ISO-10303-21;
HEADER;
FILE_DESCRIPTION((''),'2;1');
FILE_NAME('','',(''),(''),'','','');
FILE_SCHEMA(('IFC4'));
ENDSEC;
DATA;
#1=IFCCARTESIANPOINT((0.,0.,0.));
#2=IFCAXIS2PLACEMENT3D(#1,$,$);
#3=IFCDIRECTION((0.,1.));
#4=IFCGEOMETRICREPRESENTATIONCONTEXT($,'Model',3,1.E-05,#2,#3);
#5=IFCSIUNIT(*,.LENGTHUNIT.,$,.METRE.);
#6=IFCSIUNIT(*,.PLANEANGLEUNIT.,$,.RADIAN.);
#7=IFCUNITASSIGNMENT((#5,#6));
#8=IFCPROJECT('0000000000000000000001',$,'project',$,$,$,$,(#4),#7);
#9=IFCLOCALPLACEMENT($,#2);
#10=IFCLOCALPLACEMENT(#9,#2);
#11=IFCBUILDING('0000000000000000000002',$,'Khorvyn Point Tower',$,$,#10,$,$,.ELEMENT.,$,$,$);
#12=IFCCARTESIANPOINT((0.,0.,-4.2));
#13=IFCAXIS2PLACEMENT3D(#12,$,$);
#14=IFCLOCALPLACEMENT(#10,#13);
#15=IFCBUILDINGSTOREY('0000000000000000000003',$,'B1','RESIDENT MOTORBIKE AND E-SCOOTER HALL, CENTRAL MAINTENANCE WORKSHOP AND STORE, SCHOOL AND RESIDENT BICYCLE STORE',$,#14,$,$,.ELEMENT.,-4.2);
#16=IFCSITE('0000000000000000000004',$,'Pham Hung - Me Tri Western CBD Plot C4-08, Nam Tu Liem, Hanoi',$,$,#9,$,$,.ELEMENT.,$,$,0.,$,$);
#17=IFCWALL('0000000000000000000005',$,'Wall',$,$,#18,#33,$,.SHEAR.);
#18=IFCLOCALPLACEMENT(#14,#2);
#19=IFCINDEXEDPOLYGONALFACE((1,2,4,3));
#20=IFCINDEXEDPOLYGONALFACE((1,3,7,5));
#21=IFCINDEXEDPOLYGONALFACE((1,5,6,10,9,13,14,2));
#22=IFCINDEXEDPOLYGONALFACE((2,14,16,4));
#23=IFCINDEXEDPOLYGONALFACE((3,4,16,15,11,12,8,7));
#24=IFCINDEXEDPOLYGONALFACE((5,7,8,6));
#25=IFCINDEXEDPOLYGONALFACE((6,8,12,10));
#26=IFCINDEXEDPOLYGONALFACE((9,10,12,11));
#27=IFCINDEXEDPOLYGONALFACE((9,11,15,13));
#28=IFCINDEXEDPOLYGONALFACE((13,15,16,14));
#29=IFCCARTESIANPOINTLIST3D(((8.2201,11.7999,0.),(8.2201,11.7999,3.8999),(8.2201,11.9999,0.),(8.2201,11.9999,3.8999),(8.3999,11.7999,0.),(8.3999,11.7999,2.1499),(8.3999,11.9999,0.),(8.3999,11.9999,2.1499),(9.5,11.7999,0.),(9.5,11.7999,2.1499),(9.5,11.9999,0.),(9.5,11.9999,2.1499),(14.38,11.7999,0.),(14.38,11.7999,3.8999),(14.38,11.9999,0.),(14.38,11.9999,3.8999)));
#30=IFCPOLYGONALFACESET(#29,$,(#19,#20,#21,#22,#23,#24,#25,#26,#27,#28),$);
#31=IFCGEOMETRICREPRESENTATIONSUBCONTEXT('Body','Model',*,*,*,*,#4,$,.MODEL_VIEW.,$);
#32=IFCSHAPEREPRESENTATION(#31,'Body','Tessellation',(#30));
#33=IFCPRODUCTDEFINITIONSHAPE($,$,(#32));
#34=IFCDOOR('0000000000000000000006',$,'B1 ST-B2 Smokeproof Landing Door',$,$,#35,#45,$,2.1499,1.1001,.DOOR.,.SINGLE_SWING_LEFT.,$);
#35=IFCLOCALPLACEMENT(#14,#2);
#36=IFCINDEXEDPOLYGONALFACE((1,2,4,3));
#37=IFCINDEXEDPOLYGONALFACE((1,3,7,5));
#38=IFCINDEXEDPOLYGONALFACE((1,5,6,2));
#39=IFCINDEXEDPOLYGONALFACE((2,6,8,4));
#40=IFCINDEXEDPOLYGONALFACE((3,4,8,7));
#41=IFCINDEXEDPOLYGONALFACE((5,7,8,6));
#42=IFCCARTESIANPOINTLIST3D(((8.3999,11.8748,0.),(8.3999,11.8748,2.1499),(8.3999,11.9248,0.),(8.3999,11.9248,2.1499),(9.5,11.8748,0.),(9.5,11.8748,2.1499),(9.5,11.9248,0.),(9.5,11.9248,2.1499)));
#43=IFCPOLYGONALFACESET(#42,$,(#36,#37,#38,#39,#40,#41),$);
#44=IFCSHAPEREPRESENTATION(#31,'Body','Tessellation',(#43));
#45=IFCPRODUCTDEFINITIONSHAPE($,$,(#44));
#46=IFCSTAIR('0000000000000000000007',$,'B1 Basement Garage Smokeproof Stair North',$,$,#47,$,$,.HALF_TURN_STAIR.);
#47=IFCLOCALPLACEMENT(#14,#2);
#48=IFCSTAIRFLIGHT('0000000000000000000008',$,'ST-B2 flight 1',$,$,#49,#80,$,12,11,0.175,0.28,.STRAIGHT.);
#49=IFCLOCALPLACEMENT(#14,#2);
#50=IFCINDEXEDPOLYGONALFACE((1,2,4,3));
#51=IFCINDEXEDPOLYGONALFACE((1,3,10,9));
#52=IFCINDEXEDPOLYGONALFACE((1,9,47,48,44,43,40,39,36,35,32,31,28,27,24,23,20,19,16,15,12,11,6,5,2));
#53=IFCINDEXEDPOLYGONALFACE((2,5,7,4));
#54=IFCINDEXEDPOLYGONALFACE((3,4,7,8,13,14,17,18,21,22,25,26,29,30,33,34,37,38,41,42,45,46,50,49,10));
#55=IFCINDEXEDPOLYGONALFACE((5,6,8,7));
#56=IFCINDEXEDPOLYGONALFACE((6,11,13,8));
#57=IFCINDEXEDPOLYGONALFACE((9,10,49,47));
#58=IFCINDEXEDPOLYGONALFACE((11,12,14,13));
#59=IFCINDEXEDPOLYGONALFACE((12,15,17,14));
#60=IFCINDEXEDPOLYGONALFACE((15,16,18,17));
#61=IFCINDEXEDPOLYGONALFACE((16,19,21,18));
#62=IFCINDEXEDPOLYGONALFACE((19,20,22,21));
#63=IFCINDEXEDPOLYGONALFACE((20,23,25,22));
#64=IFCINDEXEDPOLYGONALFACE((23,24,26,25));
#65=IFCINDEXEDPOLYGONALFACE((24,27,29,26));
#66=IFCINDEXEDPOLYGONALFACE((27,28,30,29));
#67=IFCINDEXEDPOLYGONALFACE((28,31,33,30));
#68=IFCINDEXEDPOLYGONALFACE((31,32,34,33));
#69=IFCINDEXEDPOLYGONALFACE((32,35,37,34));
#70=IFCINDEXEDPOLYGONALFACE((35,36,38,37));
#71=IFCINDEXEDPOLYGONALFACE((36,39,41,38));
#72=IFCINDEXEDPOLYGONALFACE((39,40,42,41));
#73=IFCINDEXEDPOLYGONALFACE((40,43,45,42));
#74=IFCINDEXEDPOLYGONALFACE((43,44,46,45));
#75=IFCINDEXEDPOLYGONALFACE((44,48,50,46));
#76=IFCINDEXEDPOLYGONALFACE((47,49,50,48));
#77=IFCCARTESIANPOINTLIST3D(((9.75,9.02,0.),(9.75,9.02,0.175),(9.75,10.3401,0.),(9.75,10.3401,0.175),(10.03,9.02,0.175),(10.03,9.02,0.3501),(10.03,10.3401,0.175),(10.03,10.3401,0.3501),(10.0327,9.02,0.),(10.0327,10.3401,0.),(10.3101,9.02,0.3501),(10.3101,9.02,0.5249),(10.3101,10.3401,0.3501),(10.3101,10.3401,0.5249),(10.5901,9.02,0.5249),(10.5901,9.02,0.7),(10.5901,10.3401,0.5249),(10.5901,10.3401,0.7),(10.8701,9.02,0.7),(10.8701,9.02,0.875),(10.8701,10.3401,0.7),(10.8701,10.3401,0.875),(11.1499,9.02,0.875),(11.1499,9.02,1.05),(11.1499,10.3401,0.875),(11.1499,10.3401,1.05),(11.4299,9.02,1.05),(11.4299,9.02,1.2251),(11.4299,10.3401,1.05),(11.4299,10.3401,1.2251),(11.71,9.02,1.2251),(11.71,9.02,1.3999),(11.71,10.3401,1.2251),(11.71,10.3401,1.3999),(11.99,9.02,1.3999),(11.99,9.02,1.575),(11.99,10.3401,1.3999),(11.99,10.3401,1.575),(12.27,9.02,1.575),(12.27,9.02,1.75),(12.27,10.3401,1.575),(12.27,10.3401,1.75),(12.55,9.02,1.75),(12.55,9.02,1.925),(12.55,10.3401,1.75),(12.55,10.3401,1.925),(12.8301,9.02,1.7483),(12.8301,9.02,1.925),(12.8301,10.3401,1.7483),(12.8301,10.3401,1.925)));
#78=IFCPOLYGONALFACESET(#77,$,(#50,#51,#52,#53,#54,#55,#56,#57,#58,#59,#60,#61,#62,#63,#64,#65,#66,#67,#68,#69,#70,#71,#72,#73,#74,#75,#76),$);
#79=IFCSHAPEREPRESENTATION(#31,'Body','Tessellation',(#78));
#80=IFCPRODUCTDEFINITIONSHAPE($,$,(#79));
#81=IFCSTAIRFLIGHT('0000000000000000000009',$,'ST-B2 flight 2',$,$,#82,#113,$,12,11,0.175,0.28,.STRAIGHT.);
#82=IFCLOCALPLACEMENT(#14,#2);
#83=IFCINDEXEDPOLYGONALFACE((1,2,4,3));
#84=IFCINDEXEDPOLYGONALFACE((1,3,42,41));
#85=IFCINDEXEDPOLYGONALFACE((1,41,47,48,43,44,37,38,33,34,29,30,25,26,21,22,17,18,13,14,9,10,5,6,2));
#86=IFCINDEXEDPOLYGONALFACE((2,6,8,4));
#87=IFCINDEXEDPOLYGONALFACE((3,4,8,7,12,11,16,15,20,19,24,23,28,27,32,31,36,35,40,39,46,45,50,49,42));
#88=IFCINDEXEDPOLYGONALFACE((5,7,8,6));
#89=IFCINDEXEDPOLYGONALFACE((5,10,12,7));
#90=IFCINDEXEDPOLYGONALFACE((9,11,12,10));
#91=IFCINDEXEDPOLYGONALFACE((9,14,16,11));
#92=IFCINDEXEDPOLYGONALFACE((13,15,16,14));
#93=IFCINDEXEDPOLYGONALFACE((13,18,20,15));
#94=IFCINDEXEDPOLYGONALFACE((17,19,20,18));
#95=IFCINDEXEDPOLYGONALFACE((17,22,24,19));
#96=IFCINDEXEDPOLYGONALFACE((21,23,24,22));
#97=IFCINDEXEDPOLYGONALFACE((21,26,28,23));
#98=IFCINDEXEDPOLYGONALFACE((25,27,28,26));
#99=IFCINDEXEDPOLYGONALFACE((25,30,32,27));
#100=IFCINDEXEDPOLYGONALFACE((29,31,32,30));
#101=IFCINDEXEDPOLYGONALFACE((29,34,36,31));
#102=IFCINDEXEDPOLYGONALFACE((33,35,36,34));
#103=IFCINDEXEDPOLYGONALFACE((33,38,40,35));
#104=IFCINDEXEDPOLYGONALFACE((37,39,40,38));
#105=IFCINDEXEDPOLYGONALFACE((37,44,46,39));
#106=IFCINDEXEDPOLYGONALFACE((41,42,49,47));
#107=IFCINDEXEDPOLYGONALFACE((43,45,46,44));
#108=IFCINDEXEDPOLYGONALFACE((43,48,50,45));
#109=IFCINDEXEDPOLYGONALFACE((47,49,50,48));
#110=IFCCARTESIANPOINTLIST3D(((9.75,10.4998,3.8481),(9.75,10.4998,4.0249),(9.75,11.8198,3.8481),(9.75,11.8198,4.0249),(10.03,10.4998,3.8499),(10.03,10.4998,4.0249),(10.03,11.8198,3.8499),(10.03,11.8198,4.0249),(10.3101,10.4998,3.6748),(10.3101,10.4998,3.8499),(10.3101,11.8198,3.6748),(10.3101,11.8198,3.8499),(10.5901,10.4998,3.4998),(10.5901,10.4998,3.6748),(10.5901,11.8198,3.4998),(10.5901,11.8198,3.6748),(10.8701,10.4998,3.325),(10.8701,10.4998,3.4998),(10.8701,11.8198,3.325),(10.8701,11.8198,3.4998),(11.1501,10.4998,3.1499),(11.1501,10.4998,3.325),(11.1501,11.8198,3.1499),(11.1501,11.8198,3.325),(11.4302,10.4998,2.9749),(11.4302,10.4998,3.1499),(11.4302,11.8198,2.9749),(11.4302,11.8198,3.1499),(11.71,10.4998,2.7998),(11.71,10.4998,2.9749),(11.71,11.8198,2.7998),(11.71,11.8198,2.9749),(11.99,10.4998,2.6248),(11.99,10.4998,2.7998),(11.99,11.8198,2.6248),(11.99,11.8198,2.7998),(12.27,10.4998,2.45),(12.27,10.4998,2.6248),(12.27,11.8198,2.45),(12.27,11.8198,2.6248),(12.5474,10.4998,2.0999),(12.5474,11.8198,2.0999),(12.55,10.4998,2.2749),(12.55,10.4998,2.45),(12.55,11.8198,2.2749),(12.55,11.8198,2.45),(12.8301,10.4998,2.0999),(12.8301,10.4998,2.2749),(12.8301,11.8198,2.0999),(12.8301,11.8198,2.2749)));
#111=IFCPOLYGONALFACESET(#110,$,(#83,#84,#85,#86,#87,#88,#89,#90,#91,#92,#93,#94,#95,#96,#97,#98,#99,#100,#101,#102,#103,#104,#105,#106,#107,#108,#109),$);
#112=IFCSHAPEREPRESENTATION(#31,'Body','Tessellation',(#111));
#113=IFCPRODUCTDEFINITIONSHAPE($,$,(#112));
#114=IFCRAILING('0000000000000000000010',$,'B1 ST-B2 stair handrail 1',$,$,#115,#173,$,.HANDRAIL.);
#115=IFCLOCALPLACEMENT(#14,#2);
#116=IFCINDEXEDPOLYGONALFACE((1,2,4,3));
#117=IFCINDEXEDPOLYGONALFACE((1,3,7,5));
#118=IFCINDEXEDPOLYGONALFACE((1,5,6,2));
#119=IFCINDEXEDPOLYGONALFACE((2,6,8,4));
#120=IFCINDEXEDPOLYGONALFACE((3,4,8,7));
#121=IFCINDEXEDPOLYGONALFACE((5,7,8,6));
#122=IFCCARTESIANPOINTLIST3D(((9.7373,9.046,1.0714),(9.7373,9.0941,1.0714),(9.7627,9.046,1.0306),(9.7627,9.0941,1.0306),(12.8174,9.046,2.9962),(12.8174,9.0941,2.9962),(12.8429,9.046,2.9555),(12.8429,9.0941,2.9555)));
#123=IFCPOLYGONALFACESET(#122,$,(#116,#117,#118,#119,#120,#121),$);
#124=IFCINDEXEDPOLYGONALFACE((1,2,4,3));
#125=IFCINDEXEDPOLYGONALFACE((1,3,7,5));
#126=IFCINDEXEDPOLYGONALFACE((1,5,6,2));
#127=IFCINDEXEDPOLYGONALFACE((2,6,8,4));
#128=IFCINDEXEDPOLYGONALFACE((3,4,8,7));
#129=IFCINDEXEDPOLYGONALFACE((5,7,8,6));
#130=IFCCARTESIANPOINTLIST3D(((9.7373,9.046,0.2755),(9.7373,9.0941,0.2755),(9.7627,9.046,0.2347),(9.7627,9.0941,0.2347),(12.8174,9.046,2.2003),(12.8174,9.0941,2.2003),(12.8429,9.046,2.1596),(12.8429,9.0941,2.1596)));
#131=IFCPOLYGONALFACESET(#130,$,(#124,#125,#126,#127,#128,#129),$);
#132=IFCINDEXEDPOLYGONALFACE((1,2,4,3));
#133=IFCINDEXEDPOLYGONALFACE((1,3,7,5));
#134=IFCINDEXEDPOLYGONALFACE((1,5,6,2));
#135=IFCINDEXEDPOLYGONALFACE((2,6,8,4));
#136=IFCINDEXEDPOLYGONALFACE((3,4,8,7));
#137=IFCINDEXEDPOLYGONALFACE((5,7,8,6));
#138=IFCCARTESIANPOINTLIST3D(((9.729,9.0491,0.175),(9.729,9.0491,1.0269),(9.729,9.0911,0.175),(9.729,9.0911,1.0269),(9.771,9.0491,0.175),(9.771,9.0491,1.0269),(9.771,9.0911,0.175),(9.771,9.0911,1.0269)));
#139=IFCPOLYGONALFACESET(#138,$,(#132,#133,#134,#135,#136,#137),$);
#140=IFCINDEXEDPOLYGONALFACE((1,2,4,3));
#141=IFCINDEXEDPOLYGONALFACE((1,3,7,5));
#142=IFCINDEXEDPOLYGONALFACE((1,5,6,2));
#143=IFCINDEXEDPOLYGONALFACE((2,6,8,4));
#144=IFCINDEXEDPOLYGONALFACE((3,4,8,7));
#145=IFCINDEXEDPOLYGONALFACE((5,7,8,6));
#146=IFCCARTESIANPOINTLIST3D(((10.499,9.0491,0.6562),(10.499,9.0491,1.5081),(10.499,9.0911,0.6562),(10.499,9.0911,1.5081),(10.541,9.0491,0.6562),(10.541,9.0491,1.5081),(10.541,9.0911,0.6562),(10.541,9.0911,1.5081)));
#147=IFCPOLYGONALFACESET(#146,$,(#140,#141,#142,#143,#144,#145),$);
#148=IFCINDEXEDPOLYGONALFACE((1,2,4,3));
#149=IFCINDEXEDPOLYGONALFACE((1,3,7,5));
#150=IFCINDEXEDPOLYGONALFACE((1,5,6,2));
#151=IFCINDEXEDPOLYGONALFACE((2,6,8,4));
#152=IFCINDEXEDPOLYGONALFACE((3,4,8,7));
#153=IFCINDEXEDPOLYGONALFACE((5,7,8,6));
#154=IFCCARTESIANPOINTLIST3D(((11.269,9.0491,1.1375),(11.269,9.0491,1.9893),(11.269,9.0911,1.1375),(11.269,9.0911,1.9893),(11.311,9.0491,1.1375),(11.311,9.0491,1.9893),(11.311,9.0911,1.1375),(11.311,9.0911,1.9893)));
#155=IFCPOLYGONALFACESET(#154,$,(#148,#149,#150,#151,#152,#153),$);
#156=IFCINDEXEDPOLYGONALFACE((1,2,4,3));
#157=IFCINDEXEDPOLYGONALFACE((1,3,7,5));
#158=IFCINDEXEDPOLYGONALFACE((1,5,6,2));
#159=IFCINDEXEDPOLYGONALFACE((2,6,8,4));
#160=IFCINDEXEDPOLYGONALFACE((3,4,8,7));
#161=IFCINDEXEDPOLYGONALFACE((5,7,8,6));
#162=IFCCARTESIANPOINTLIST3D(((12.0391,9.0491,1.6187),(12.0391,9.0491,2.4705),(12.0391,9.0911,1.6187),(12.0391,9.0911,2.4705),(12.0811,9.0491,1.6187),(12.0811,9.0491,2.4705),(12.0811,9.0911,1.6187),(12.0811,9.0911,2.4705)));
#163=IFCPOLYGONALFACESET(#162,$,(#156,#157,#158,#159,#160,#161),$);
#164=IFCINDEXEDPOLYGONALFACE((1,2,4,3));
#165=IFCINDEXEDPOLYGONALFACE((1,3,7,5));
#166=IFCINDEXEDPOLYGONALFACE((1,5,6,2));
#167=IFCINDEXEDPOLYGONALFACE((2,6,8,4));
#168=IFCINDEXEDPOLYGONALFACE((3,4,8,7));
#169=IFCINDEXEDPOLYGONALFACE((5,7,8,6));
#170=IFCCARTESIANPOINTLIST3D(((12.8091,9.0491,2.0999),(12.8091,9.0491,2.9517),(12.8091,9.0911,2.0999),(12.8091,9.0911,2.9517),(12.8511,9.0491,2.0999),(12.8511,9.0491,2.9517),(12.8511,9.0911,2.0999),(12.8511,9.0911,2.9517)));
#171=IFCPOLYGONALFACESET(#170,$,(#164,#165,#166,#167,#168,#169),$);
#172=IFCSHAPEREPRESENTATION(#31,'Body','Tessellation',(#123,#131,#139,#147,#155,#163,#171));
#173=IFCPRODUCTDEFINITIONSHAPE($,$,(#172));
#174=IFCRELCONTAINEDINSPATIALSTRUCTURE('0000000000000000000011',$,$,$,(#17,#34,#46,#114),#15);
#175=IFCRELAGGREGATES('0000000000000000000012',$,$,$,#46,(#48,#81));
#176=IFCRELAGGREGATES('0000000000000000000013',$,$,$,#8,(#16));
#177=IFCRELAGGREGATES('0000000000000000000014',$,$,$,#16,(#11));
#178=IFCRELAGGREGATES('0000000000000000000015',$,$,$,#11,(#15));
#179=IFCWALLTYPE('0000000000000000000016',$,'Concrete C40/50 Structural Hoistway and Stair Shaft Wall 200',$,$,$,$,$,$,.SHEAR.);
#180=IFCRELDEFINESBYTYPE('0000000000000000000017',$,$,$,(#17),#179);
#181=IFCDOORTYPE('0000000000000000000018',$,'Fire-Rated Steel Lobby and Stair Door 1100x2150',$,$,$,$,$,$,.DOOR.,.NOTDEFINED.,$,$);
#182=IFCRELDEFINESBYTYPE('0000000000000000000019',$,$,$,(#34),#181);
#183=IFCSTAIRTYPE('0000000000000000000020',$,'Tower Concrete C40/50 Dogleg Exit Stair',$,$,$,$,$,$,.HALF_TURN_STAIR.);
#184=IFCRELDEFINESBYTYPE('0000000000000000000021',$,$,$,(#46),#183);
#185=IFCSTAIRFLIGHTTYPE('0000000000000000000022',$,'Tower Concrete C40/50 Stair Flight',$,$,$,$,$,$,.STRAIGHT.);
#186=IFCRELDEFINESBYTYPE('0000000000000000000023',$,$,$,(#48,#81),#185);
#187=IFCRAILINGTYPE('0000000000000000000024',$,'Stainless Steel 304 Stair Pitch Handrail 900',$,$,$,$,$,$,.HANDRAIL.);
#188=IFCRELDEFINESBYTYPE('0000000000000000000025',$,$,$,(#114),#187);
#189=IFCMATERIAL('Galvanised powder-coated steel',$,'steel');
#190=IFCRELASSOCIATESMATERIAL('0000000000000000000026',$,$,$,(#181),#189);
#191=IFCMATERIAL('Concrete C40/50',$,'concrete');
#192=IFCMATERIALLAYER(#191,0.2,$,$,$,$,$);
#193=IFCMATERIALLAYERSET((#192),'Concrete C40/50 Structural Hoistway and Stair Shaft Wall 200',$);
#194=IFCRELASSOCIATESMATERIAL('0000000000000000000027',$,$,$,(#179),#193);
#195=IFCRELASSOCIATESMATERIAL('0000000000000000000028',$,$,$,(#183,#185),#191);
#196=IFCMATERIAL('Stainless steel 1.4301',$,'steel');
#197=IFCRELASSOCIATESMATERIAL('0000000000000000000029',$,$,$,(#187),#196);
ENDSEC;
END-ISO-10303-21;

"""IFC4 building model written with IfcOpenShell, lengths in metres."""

from ifc_helpers import new_model, si_unit, direction, frame, frame_2d, origin, origin_2d, place, context, subcontext, project, spatial, polyline, rectangle, outline, extrude, material, layer, layer_set, type_object, element, fill, aggregate, save


model = new_model("IFC4")

# Units and contexts
model_context = context("Model", 3, precision=1e-05, world=origin(), true_north=direction((0.0, 1.0)))
body_context = subcontext(model_context, "Body", "Model", "MODEL_VIEW")
ifc_project = project(units=[si_unit("LENGTHUNIT", "METRE"), si_unit("PLANEANGLEUNIT", "RADIAN")], contexts=[model_context])

# Site, building, storey
site_placement = place(None, origin())
site = spatial("IfcSite", under=ifc_project, at=site_placement, Name="Pham Hung - Me Tri Western CBD Plot C4-08, Nam Tu Liem, Hanoi", CompositionType="ELEMENT", RefElevation=0.0)
building_placement = place(site_placement, origin())
building = spatial("IfcBuilding", under=site, at=building_placement, Name="Khorvyn Point Tower", CompositionType="ELEMENT")
storey_placement = place(building_placement, frame((0.0, 0.0, -4.2)))
storey = spatial("IfcBuildingStorey", under=building, at=storey_placement, Name="B1", Description="RESIDENT MOTORBIKE AND E-SCOOTER HALL, CENTRAL MAINTENANCE WORKSHOP AND STORE, SCHOOL AND RESIDENT BICYCLE STORE", CompositionType="ELEMENT", Elevation=-4.2)

# Wall, opening, door
ifc_material_1 = material(Name="Concrete C40/50", Category="concrete")
ifc_material_2 = material(Name="Galvanised powder-coated steel", Category="steel")
door_type = type_object("IfcDoorType", Name="Fire-Rated Steel Lobby and Stair Door 1100x2150", OperationType="NOTDEFINED", PredefinedType="DOOR", material=ifc_material_2)
ifc_layer_1 = layer(ifc_material_1, 0.2)
ifc_layer_set_1 = layer_set([ifc_layer_1], Name="Concrete C40/50 Structural Hoistway and Stair Shaft Wall 200")
wall_type_1 = type_object("IfcWallType", Name="Concrete C40/50 Structural Hoistway and Stair Shaft Wall 200", PredefinedType="SHEAR", material=ifc_layer_set_1)
wall_1_placement = place(storey_placement, frame((8.22, 11.8999, 0.0), z_axis=(0.0, 0.0, 1.0), x_axis=(1.0, 0.0, 0.0)))
wall_1 = element("IfcWall", 1, at=wall_1_placement, inside=storey, type_object=wall_type_1, Name="Wall", PredefinedType="SHEAR", context=body_context, shape_type="SweptSolid", body=[
    extrude(rectangle(XDim=6.1599, YDim=0.2, at=frame_2d((3.0801, 0.0))), origin(), (0.0, 0.0, 1.0), 3.8999),
])
opening_1_placement = place(wall_1_placement, frame((0.1799, 0.0, 0.0)))
opening_1 = element("IfcOpeningElement", 2, at=opening_1_placement, cuts=wall_1, PredefinedType="OPENING", context=body_context, shape_type="SweptSolid", body=[
    extrude(rectangle(XDim=1.1001, YDim=2.1499, at=frame_2d((0.55, 1.075))), frame((0.0, 0.1099, 0.0), z_axis=(0.0, -1.0, 0.0), x_axis=(1.0, 0.0, 0.0)), (0.0, 0.0, 1.0), 0.22),
])
door_1_placement = place(opening_1_placement, origin())
door_1 = element("IfcDoor", 3, at=door_1_placement, inside=storey, type_object=door_type, Name="B1 ST-B2 Smokeproof Landing Door", OperationType="SINGLE_SWING_LEFT", OverallHeight=2.1499, OverallWidth=1.1001, PredefinedType="DOOR", context=body_context, shape_type="SweptSolid", body=[
    extrude(rectangle(XDim=1.1001, YDim=2.1499, at=frame_2d((0.55, 1.075))), frame((0.0, 0.0249, 0.0), z_axis=(0.0, -1.0, 0.0), x_axis=(1.0, 0.0, 0.0)), (0.0, 0.0, 1.0), 0.05),
])
fill(opening_1, door_1)

# Stair, stair flights
stair_type = type_object("IfcStairType", Name="Tower Concrete C40/50 Dogleg Exit Stair", PredefinedType="HALF_TURN_STAIR", material=ifc_material_1)
stair_placement = place(storey_placement, origin())
stair = element("IfcStair", 4, at=stair_placement, inside=storey, type_object=stair_type, Name="B1 Basement Garage Smokeproof Stair North", PredefinedType="HALF_TURN_STAIR")
stair_flight_type = type_object("IfcStairFlightType", Name="Tower Concrete C40/50 Stair Flight", PredefinedType="STRAIGHT", material=ifc_material_1)
stair_flight_1_placement = place(storey_placement, frame((9.75, 9.6799, 0.0), z_axis=(0.0, 0.0, 1.0), x_axis=(1.0, 0.0, 0.0)))
stair_flight_1 = element("IfcStairFlight", 5, at=stair_flight_1_placement, type_object=stair_flight_type, Name="ST-B2 flight 1", NumberOfRisers=12, NumberOfTreads=11, PredefinedType="STRAIGHT", RiserHeight=0.175, TreadLength=0.28, context=body_context, shape_type="SweptSolid", body=[
    extrude(outline(polyline([(0.0, 0.0), (0.0, 0.175), (0.28, 0.175), (0.28, 0.3501), (0.5601, 0.3501), (0.5601, 0.5249), (0.8401, 0.5249), (0.8401, 0.7), (1.1201, 0.7), (1.1201, 0.875), (1.3999, 0.875), (1.3999, 1.05), (1.6799, 1.05), (1.6799, 1.2251), (1.96, 1.2251), (1.96, 1.3999), (2.24, 1.3999), (2.24, 1.575), (2.52, 1.575), (2.52, 1.75), (2.8, 1.75), (2.8, 1.925), (3.0801, 1.925), (3.0801, 2.1001), (3.0801, 1.7483), (0.2827, 0.0), (0.0, 0.0)])), frame((0.0, 0.6602, 0.0), z_axis=(0.0, -1.0, 0.0), x_axis=(1.0, 0.0, 0.0)), (0.0, 0.0, 1.0), 1.3201),
])
stair_flight_2_placement = place(storey_placement, frame((12.8301, 11.1599, 2.0999), z_axis=(0.0, 0.0, 1.0), x_axis=(-1.0, 0.0, 0.0)))
stair_flight_2 = element("IfcStairFlight", 6, at=stair_flight_2_placement, type_object=stair_flight_type, Name="ST-B2 flight 2", NumberOfRisers=12, NumberOfTreads=11, PredefinedType="STRAIGHT", RiserHeight=0.175, TreadLength=0.28, context=body_context, shape_type="SweptSolid", body=[
    extrude(outline(polyline([(0.0, 0.0), (0.0, 0.175), (0.28, 0.175), (0.28, 0.3501), (0.5601, 0.3501), (0.5601, 0.5249), (0.8401, 0.5249), (0.8401, 0.7), (1.1201, 0.7), (1.1201, 0.875), (1.3999, 0.875), (1.3999, 1.05), (1.6799, 1.05), (1.6799, 1.2251), (1.96, 1.2251), (1.96, 1.3999), (2.24, 1.3999), (2.24, 1.575), (2.52, 1.575), (2.52, 1.75), (2.8, 1.75), (2.8, 1.925), (3.0801, 1.925), (3.0801, 2.1001), (3.0801, 1.7483), (0.2827, 0.0), (0.0, 0.0)])), frame((0.0, 0.6602, 0.0), z_axis=(0.0, -1.0, 0.0), x_axis=(1.0, 0.0, 0.0)), (0.0, 0.0, 1.0), 1.3201),
])
aggregate(stair, [stair_flight_1, stair_flight_2])

# Railing
ifc_material_3 = material(Name="Stainless steel 1.4301", Category="steel")
railing_type_1 = type_object("IfcRailingType", Name="Stainless Steel 304 Stair Pitch Handrail 900", PredefinedType="HANDRAIL", material=ifc_material_3)
railing_1_placement = place(storey_placement, frame((9.75, 9.0701, 0.175)))
element("IfcRailing", 7, at=railing_1_placement, inside=storey, type_object=railing_type_1, Name="B1 ST-B2 stair handrail 1", PredefinedType="HANDRAIL", context=body_context, shape_type="SweptSolid", body=[
    extrude(rectangle(XDim=0.0481, YDim=0.0481, at=origin_2d()), frame((0.0, 0.0, 0.876), z_axis=(0.848029, 0.0, 0.529951), x_axis=(0.0, 1.0, 0.0)), (0.0, 0.0, 1.0), 3.6321),
    extrude(rectangle(XDim=0.0481, YDim=0.0481, at=origin_2d()), frame((0.0, 0.0, 0.0801), z_axis=(0.848029, 0.0, 0.529951), x_axis=(0.0, 1.0, 0.0)), (0.0, 0.0, 1.0), 3.6321),
    extrude(rectangle(XDim=0.042, YDim=0.042, at=origin_2d()), origin(), (0.0, 0.0, 1.0), 0.8518),
    extrude(rectangle(XDim=0.042, YDim=0.042, at=origin_2d()), frame((0.77, 0.0, 0.4812)), (0.0, 0.0, 1.0), 0.8518),
    extrude(rectangle(XDim=0.042, YDim=0.042, at=origin_2d()), frame((1.54, 0.0, 0.9624)), (0.0, 0.0, 1.0), 0.8518),
    extrude(rectangle(XDim=0.042, YDim=0.042, at=origin_2d()), frame((2.3101, 0.0, 1.4436)), (0.0, 0.0, 1.0), 0.8518),
    extrude(rectangle(XDim=0.042, YDim=0.042, at=origin_2d()), frame((3.0801, 0.0, 1.9248)), (0.0, 0.0, 1.0), 0.8518),
])

save(model, "model.ifc")
